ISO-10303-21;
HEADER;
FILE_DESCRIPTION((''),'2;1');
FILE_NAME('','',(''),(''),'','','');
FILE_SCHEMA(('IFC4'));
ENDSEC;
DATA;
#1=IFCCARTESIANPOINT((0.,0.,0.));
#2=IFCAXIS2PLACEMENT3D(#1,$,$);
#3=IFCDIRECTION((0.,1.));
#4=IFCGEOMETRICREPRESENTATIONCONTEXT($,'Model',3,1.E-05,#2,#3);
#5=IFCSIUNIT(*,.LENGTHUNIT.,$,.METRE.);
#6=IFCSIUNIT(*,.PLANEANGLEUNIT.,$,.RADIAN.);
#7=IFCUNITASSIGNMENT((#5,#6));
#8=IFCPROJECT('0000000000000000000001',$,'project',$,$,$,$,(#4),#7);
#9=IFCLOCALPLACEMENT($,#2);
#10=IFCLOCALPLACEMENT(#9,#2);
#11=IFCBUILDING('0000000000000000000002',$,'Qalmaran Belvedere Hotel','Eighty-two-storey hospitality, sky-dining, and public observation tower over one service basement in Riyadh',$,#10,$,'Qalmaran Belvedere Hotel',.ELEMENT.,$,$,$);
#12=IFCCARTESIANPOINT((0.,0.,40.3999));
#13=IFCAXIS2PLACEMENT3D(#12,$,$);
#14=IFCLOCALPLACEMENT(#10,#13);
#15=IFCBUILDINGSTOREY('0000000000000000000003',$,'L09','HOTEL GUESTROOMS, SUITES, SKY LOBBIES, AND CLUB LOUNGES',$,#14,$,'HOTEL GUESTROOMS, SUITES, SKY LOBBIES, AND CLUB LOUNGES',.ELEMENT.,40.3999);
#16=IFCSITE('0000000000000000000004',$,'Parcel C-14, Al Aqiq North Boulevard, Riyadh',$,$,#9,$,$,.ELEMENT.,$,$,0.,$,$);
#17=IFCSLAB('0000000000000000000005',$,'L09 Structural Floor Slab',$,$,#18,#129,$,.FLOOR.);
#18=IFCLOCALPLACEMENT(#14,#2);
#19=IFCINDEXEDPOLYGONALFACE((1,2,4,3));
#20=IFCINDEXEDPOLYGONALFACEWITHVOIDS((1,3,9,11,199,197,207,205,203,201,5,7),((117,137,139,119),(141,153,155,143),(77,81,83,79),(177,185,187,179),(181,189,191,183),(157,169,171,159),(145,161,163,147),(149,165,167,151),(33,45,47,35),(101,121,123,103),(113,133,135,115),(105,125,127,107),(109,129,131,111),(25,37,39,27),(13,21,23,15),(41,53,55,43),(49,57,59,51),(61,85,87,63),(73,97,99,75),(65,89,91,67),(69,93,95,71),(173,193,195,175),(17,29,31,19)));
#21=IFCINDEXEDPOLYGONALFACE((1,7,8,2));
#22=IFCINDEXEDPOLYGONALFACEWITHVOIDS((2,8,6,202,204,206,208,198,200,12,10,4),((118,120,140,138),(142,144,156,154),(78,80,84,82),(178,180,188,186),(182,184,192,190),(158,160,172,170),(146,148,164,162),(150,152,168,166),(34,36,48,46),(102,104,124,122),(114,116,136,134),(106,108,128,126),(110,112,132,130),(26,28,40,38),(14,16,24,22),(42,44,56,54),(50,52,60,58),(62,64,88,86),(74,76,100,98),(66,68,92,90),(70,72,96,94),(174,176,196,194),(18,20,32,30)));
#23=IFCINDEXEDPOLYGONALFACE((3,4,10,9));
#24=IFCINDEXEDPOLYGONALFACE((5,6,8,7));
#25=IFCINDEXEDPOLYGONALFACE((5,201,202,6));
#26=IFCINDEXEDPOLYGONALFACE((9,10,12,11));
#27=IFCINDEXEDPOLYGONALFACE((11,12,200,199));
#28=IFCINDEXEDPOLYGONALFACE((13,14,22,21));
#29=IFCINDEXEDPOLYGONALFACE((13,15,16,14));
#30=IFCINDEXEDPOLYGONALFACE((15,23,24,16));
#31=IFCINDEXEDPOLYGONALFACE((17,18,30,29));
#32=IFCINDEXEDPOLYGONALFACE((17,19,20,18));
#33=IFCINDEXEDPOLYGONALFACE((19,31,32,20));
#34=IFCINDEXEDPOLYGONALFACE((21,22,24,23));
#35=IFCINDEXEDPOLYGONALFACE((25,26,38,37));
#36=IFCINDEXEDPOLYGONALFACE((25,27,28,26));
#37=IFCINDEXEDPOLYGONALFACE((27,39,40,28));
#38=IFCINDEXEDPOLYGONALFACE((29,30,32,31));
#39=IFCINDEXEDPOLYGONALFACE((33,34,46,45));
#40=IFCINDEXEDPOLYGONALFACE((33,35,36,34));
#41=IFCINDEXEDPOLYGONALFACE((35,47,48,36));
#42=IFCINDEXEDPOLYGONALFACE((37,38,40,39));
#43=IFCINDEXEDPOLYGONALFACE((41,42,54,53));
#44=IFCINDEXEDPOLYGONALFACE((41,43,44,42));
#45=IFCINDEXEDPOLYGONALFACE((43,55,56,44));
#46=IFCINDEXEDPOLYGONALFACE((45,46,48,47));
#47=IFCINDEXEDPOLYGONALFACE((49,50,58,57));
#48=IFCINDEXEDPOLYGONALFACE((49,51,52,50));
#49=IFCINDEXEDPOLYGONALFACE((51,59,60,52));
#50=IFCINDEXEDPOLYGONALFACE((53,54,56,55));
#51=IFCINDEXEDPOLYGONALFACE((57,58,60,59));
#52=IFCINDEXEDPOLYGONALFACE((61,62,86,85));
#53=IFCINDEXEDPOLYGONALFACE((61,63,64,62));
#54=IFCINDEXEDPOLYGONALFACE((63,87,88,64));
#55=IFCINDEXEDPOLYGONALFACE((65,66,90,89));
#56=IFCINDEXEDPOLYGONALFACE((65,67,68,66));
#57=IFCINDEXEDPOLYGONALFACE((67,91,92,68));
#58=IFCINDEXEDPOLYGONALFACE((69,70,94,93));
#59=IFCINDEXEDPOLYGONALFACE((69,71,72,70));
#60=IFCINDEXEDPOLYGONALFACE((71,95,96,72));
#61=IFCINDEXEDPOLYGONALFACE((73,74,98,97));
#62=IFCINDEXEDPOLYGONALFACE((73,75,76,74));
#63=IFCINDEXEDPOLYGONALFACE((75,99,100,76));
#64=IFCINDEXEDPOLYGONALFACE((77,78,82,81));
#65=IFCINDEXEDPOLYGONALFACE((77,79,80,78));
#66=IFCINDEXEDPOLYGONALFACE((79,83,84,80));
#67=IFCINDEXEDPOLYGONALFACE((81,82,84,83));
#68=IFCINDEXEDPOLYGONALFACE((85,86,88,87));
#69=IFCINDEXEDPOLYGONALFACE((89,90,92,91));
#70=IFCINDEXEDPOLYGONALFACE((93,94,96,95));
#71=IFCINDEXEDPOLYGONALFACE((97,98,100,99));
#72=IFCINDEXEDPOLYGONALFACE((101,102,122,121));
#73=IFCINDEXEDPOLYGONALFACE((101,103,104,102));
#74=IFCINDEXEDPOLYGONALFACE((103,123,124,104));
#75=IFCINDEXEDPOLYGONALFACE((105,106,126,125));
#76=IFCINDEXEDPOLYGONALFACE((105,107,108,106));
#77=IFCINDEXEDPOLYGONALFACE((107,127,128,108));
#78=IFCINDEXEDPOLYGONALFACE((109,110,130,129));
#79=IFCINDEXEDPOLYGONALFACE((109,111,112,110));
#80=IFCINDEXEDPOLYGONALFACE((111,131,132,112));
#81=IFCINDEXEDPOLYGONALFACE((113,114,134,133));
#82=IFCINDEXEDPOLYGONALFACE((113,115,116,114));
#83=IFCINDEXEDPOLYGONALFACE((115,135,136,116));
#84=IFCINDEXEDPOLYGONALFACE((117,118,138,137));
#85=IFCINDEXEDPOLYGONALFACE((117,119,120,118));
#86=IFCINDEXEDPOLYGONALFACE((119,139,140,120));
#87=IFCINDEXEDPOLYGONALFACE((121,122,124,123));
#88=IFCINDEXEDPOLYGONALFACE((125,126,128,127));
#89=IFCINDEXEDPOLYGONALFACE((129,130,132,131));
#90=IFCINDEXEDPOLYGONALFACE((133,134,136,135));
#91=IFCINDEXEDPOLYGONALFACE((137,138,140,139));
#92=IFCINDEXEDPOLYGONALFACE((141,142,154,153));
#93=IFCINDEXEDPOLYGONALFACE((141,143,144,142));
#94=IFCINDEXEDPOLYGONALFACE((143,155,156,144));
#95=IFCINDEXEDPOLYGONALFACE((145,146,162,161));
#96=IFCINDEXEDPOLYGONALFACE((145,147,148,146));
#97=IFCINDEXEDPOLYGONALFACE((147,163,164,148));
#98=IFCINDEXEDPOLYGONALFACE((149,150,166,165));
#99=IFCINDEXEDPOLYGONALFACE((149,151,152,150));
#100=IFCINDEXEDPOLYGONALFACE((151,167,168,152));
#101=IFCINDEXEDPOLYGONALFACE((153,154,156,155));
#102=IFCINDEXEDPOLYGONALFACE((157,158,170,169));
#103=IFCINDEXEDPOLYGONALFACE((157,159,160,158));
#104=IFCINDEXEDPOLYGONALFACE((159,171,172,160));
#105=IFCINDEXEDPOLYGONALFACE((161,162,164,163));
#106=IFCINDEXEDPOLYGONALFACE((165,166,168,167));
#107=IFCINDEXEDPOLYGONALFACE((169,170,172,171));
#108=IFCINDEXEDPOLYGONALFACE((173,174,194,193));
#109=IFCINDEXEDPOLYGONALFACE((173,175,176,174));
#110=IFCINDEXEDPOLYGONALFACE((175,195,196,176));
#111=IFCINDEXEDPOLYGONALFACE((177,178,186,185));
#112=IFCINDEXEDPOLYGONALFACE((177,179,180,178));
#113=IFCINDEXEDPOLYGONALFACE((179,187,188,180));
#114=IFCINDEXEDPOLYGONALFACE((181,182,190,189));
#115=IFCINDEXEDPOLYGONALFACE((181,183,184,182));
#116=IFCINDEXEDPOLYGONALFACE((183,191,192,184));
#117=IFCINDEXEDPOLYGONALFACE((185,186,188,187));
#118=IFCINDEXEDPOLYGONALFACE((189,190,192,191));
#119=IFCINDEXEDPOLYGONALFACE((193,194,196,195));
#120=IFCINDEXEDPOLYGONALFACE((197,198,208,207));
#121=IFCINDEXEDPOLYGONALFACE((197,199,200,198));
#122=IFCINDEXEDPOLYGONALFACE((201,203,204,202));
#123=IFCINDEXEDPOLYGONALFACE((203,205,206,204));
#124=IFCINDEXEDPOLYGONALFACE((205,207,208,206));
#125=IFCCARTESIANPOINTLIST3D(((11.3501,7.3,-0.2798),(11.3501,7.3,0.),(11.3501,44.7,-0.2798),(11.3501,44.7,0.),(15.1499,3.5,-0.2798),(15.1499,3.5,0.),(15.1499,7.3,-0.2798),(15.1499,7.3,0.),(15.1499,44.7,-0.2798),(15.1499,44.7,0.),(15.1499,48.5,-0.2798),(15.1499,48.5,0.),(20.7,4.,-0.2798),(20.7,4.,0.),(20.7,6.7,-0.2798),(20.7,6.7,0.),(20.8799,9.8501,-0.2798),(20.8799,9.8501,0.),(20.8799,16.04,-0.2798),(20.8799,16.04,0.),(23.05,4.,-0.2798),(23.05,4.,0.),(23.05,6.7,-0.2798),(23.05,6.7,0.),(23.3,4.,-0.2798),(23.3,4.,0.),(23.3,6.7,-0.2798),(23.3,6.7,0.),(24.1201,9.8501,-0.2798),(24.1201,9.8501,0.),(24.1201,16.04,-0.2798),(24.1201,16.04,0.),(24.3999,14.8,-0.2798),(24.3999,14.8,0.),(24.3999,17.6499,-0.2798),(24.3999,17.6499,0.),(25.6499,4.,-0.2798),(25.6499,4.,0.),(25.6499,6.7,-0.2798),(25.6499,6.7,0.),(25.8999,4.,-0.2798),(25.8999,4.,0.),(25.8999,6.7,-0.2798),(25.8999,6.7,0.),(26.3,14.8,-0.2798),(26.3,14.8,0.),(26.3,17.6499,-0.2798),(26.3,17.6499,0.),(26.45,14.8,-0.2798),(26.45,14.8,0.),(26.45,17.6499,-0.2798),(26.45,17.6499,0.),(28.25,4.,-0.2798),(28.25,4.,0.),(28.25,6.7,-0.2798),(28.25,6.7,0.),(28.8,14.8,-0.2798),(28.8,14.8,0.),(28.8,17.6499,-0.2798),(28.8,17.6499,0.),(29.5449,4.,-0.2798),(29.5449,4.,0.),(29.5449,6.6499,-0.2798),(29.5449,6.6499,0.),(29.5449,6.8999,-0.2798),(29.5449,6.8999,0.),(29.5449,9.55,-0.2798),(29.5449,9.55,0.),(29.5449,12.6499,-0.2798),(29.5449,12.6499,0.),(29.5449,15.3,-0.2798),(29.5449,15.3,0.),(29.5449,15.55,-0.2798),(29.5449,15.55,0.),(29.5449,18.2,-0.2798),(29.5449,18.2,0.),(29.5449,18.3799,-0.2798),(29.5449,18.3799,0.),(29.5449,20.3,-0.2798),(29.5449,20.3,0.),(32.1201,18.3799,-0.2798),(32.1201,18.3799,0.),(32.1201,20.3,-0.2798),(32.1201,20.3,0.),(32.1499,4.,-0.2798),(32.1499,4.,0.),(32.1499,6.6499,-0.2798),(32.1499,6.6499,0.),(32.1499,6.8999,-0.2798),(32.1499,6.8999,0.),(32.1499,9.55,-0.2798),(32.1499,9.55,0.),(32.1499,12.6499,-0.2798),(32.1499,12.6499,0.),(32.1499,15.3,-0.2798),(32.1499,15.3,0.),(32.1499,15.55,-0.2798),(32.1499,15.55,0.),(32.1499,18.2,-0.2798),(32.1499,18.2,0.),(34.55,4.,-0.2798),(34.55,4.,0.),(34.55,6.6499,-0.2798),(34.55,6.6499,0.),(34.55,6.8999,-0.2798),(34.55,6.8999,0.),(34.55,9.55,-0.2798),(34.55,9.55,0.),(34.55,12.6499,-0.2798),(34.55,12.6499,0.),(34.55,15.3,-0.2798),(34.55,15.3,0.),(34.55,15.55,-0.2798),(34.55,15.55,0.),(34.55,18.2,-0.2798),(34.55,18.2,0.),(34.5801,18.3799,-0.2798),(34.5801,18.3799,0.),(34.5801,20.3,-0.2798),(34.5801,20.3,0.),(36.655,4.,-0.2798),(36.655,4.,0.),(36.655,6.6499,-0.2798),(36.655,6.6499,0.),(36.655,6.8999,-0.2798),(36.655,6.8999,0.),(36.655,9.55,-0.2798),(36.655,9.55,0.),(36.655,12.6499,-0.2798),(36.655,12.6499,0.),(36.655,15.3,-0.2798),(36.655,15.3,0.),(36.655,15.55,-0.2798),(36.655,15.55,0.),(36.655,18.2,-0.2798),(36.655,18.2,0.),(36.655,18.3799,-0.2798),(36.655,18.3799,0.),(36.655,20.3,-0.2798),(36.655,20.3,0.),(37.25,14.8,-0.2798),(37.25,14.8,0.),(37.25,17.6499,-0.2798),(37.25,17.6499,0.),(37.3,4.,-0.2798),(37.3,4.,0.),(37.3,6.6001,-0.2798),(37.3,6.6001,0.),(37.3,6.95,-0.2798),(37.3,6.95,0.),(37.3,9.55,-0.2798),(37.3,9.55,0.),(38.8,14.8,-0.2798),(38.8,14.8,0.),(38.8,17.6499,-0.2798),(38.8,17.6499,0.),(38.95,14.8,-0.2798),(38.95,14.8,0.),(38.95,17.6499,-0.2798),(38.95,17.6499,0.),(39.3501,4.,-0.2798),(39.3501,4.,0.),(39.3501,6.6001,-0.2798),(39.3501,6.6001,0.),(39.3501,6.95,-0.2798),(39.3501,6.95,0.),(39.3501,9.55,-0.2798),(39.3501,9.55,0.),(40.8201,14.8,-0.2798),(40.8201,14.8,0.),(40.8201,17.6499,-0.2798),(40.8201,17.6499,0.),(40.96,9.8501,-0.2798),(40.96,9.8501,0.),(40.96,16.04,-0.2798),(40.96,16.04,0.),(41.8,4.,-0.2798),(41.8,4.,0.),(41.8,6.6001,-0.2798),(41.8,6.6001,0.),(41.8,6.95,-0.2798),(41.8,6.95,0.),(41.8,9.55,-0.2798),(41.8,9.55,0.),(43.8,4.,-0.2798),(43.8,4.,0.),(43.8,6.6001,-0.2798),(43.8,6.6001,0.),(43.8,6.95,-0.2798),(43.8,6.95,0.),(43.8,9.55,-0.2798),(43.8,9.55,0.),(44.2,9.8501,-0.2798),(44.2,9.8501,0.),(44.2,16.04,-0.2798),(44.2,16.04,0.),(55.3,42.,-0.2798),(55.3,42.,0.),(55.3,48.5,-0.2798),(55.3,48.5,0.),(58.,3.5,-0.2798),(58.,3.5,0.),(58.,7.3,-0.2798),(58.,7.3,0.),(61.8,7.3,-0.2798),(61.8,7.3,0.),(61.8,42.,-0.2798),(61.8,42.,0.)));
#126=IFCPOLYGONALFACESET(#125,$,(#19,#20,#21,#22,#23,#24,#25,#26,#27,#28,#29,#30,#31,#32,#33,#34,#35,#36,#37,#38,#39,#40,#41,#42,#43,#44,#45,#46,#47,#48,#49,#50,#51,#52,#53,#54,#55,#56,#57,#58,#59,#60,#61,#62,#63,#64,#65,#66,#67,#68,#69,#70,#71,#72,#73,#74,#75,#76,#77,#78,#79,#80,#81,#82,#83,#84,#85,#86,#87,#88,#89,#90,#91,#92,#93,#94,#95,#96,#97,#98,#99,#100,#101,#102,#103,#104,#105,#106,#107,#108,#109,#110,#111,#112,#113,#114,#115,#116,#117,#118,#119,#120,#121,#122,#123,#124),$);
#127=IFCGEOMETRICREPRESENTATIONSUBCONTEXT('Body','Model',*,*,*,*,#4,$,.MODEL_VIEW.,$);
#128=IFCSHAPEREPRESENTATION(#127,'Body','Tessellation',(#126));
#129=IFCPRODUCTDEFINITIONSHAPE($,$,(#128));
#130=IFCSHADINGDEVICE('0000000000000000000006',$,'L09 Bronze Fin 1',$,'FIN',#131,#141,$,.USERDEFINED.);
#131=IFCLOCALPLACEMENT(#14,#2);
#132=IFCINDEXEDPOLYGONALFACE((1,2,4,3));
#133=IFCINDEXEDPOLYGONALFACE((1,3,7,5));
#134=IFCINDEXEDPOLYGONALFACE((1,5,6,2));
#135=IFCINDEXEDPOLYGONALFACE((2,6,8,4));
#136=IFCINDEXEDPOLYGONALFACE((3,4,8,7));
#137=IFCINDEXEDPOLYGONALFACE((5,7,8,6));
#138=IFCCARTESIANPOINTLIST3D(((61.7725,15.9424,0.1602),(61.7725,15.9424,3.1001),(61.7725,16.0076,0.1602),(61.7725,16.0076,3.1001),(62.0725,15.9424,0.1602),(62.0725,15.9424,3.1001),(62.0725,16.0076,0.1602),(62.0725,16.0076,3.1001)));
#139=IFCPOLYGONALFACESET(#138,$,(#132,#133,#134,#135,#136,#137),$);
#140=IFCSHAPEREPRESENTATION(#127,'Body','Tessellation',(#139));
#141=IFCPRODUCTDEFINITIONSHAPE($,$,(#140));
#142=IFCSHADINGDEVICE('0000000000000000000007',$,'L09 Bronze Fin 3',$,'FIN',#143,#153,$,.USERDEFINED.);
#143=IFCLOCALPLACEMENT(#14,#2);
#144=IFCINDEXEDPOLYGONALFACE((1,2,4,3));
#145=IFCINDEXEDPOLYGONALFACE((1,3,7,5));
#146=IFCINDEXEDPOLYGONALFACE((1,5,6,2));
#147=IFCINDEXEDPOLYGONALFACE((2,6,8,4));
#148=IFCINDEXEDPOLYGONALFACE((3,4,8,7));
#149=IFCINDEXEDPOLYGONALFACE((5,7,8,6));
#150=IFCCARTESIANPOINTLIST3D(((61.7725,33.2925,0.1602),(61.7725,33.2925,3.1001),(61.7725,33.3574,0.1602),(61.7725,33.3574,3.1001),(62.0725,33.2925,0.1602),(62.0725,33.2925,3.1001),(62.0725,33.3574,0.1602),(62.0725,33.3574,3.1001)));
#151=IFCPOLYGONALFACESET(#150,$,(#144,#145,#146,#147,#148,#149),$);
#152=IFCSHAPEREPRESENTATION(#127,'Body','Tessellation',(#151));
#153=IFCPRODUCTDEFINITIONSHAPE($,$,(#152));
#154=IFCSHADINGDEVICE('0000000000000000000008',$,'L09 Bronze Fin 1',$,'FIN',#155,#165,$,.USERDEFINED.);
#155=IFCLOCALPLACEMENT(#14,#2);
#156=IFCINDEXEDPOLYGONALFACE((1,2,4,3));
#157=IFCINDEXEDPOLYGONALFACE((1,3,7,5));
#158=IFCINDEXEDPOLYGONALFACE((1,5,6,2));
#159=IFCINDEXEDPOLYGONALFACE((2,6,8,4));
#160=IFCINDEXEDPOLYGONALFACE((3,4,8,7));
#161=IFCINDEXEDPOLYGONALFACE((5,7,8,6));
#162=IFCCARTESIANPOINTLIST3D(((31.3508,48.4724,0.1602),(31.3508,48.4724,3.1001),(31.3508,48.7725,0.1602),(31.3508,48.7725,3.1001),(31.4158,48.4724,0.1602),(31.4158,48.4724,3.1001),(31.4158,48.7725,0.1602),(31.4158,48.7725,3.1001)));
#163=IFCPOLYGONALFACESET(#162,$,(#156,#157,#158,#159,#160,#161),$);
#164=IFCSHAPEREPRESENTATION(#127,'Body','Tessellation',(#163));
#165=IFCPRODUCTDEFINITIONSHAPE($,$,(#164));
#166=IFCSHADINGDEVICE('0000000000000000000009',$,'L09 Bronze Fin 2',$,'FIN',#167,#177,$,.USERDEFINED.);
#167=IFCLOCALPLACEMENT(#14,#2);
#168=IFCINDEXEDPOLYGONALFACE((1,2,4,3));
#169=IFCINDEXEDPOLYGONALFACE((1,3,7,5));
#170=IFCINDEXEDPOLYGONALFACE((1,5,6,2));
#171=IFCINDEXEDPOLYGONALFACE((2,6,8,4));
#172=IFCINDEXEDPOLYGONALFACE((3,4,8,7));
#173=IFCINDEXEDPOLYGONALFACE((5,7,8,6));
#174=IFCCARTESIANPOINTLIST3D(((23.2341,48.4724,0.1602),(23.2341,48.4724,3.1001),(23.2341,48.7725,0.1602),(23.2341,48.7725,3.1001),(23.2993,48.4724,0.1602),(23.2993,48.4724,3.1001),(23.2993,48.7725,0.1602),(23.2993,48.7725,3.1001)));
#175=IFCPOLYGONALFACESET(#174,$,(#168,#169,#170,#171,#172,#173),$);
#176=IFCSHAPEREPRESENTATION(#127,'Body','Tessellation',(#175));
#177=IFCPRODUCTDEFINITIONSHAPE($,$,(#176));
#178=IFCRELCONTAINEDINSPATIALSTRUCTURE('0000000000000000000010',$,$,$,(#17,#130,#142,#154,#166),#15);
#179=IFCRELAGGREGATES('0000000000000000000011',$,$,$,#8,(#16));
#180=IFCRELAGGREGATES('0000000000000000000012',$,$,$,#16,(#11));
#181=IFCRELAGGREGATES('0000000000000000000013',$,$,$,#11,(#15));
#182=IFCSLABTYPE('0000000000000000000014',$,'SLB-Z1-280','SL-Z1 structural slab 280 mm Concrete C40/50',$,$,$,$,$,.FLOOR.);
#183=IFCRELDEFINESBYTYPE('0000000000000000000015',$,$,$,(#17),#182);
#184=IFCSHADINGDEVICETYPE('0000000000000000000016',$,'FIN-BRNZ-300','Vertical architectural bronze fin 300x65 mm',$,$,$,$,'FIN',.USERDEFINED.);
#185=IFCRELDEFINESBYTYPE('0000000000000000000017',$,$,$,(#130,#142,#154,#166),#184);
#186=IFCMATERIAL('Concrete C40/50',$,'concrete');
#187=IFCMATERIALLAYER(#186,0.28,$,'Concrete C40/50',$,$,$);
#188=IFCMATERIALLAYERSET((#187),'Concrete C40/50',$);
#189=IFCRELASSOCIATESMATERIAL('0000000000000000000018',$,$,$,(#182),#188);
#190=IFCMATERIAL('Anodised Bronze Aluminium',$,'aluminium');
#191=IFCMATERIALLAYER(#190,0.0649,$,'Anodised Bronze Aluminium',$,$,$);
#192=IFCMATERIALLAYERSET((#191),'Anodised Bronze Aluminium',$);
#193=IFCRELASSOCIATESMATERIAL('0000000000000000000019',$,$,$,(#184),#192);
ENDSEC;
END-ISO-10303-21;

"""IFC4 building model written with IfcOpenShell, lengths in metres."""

from ifc_helpers import new_model, si_unit, direction, frame, origin, place, context, subcontext, project, spatial, polyline, outline, extrude, material, layer, layer_set, type_object, element, save


model = new_model("IFC4")

# Units and contexts
model_context = context("Model", 3, precision=1e-05, world=origin(), true_north=direction((0.0, 1.0)))
body_context = subcontext(model_context, "Body", "Model", "MODEL_VIEW")
ifc_project = project(units=[si_unit("LENGTHUNIT", "METRE"), si_unit("PLANEANGLEUNIT", "RADIAN")], contexts=[model_context])

# Site, building, storey
site_placement = place(None, origin())
site = spatial("IfcSite", under=ifc_project, at=site_placement, Name="Parcel C-14, Al Aqiq North Boulevard, Riyadh", CompositionType="ELEMENT", RefElevation=0.0)
building_placement = place(site_placement, origin())
building = spatial("IfcBuilding", under=site, at=building_placement, Name="Qalmaran Belvedere Hotel", Description="Eighty-two-storey hospitality, sky-dining, and public observation tower over one service basement in Riyadh", LongName="Qalmaran Belvedere Hotel", CompositionType="ELEMENT")
storey_placement = place(building_placement, frame((0.0, 0.0, 40.3999)))
storey = spatial("IfcBuildingStorey", under=building, at=storey_placement, Name="L09", Description="HOTEL GUESTROOMS, SUITES, SKY LOBBIES, AND CLUB LOUNGES", LongName="HOTEL GUESTROOMS, SUITES, SKY LOBBIES, AND CLUB LOUNGES", CompositionType="ELEMENT", Elevation=40.3999)

# Shared definitions
ifc_material_1 = material(Name="Anodised Bronze Aluminium", Category="aluminium")

# Shared definitions
ifc_material_2 = material(Name="Concrete C40/50", Category="concrete")

# Slab
ifc_layer_1 = layer(ifc_material_2, 0.28, Name="Concrete C40/50")
ifc_layer_set_1 = layer_set([ifc_layer_1], Name="Concrete C40/50")
slab_type_1 = type_object("IfcSlabType", Name="SLB-Z1-280", Description="SL-Z1 structural slab 280 mm Concrete C40/50", PredefinedType="FLOOR", material=ifc_layer_set_1)
slab_1_placement = place(storey_placement, frame((0.0, 0.0, -0.2798)))
element("IfcSlab", 1, at=slab_1_placement, inside=storey, type_object=slab_type_1, Name="L09 Structural Floor Slab", PredefinedType="FLOOR", context=body_context, shape_type="SweptSolid", body=[
    extrude(outline(polyline([(15.1499, 3.5), (58.0, 3.5), (58.0, 7.3), (61.8, 7.3), (61.8, 42.0), (55.3, 42.0), (55.3, 48.5), (15.1499, 48.5), (15.1499, 44.7), (11.3501, 44.7), (11.3501, 7.3), (15.1499, 7.3), (15.1499, 3.5)]), holes=[polyline([(20.8799, 9.8501), (24.1201, 9.8501), (24.1201, 16.04), (20.8799, 16.04), (20.8799, 9.8501)]), polyline([(40.96, 9.8501), (44.2, 9.8501), (44.2, 16.04), (40.96, 16.04), (40.96, 9.8501)]), polyline([(29.5449, 4.0), (32.1499, 4.0), (32.1499, 6.6499), (29.5449, 6.6499), (29.5449, 4.0)]), polyline([(29.5449, 6.8999), (32.1499, 6.8999), (32.1499, 9.55), (29.5449, 9.55), (29.5449, 6.8999)]), polyline([(34.55, 4.0), (36.655, 4.0), (36.655, 6.6499), (34.55, 6.6499), (34.55, 4.0)]), polyline([(34.55, 6.8999), (36.655, 6.8999), (36.655, 9.55), (34.55, 9.55), (34.55, 6.8999)]), polyline([(29.5449, 12.6499), (32.1499, 12.6499), (32.1499, 15.3), (29.5449, 15.3), (29.5449, 12.6499)]), polyline([(29.5449, 15.55), (32.1499, 15.55), (32.1499, 18.2), (29.5449, 18.2), (29.5449, 15.55)]), polyline([(34.55, 12.6499), (36.655, 12.6499), (36.655, 15.3), (34.55, 15.3), (34.55, 12.6499)]), polyline([(34.55, 15.55), (36.655, 15.55), (36.655, 18.2), (34.55, 18.2), (34.55, 15.55)]), polyline([(37.3, 4.0), (39.3501, 4.0), (39.3501, 6.6001), (37.3, 6.6001), (37.3, 4.0)]), polyline([(37.3, 6.95), (39.3501, 6.95), (39.3501, 9.55), (37.3, 9.55), (37.3, 6.95)]), polyline([(41.8, 4.0), (43.8, 4.0), (43.8, 6.6001), (41.8, 6.6001), (41.8, 4.0)]), polyline([(41.8, 6.95), (43.8, 6.95), (43.8, 9.55), (41.8, 9.55), (41.8, 6.95)]), polyline([(20.7, 4.0), (23.05, 4.0), (23.05, 6.7), (20.7, 6.7), (20.7, 4.0)]), polyline([(23.3, 4.0), (25.6499, 4.0), (25.6499, 6.7), (23.3, 6.7), (23.3, 4.0)]), polyline([(25.8999, 4.0), (28.25, 4.0), (28.25, 6.7), (25.8999, 6.7), (25.8999, 4.0)]), polyline([(24.3999, 14.8), (26.3, 14.8), (26.3, 17.6499), (24.3999, 17.6499), (24.3999, 14.8)]), polyline([(38.95, 14.8), (40.8201, 14.8), (40.8201, 17.6499), (38.95, 17.6499), (38.95, 14.8)]), polyline([(26.45, 14.8), (28.8, 14.8), (28.8, 17.6499), (26.45, 17.6499), (26.45, 14.8)]), polyline([(37.25, 14.8), (38.8, 14.8), (38.8, 17.6499), (37.25, 17.6499), (37.25, 14.8)]), polyline([(29.5449, 18.3799), (32.1201, 18.3799), (32.1201, 20.3), (29.5449, 20.3), (29.5449, 18.3799)]), polyline([(34.5801, 18.3799), (36.655, 18.3799), (36.655, 20.3), (34.5801, 20.3), (34.5801, 18.3799)])]), origin(), (0.0, 0.0, 1.0), 0.2798),
])

# Shading devices
ifc_layer_2 = layer(ifc_material_1, 0.0649, Name="Anodised Bronze Aluminium")
ifc_layer_set_2 = layer_set([ifc_layer_2], Name="Anodised Bronze Aluminium")
shading_device_type = type_object("IfcShadingDeviceType", Name="FIN-BRNZ-300", Description="Vertical architectural bronze fin 300x65 mm", ElementType="FIN", PredefinedType="USERDEFINED", material=ifc_layer_set_2)
shading_device_1_placement = place(storey_placement, frame((0.0, 0.0, 0.1602)))
element("IfcShadingDevice", 2, at=shading_device_1_placement, inside=storey, type_object=shading_device_type, Name="L09 Bronze Fin 1", ObjectType="FIN", PredefinedType="USERDEFINED", context=body_context, shape_type="SweptSolid", body=[
    extrude(outline(polyline([(61.7725, 15.9424), (62.0725, 15.9424), (62.0725, 16.0076), (61.7725, 16.0076), (61.7725, 15.9424)])), origin(), (0.0, 0.0, 1.0), 2.9399),
])
shading_device_2_placement = place(storey_placement, frame((0.0, 0.0, 0.1602)))
element("IfcShadingDevice", 3, at=shading_device_2_placement, inside=storey, type_object=shading_device_type, Name="L09 Bronze Fin 3", ObjectType="FIN", PredefinedType="USERDEFINED", context=body_context, shape_type="SweptSolid", body=[
    extrude(outline(polyline([(61.7725, 33.2925), (62.0725, 33.2925), (62.0725, 33.3574), (61.7725, 33.3574), (61.7725, 33.2925)])), origin(), (0.0, 0.0, 1.0), 2.9399),
])
shading_device_3_placement = place(storey_placement, frame((0.0, 0.0, 0.1602)))
element("IfcShadingDevice", 4, at=shading_device_3_placement, inside=storey, type_object=shading_device_type, Name="L09 Bronze Fin 1", ObjectType="FIN", PredefinedType="USERDEFINED", context=body_context, shape_type="SweptSolid", body=[
    extrude(outline(polyline([(31.4158, 48.4724), (31.4158, 48.7725), (31.3508, 48.7725), (31.3508, 48.4724), (31.4158, 48.4724)])), origin(), (0.0, 0.0, 1.0), 2.9399),
])
shading_device_4_placement = place(storey_placement, frame((0.0, 0.0, 0.1602)))
element("IfcShadingDevice", 5, at=shading_device_4_placement, inside=storey, type_object=shading_device_type, Name="L09 Bronze Fin 2", ObjectType="FIN", PredefinedType="USERDEFINED", context=body_context, shape_type="SweptSolid", body=[
    extrude(outline(polyline([(23.2993, 48.4724), (23.2993, 48.7725), (23.2341, 48.7725), (23.2341, 48.4724), (23.2993, 48.4724)])), origin(), (0.0, 0.0, 1.0), 2.9399),
])

save(model, "model.ifc")
